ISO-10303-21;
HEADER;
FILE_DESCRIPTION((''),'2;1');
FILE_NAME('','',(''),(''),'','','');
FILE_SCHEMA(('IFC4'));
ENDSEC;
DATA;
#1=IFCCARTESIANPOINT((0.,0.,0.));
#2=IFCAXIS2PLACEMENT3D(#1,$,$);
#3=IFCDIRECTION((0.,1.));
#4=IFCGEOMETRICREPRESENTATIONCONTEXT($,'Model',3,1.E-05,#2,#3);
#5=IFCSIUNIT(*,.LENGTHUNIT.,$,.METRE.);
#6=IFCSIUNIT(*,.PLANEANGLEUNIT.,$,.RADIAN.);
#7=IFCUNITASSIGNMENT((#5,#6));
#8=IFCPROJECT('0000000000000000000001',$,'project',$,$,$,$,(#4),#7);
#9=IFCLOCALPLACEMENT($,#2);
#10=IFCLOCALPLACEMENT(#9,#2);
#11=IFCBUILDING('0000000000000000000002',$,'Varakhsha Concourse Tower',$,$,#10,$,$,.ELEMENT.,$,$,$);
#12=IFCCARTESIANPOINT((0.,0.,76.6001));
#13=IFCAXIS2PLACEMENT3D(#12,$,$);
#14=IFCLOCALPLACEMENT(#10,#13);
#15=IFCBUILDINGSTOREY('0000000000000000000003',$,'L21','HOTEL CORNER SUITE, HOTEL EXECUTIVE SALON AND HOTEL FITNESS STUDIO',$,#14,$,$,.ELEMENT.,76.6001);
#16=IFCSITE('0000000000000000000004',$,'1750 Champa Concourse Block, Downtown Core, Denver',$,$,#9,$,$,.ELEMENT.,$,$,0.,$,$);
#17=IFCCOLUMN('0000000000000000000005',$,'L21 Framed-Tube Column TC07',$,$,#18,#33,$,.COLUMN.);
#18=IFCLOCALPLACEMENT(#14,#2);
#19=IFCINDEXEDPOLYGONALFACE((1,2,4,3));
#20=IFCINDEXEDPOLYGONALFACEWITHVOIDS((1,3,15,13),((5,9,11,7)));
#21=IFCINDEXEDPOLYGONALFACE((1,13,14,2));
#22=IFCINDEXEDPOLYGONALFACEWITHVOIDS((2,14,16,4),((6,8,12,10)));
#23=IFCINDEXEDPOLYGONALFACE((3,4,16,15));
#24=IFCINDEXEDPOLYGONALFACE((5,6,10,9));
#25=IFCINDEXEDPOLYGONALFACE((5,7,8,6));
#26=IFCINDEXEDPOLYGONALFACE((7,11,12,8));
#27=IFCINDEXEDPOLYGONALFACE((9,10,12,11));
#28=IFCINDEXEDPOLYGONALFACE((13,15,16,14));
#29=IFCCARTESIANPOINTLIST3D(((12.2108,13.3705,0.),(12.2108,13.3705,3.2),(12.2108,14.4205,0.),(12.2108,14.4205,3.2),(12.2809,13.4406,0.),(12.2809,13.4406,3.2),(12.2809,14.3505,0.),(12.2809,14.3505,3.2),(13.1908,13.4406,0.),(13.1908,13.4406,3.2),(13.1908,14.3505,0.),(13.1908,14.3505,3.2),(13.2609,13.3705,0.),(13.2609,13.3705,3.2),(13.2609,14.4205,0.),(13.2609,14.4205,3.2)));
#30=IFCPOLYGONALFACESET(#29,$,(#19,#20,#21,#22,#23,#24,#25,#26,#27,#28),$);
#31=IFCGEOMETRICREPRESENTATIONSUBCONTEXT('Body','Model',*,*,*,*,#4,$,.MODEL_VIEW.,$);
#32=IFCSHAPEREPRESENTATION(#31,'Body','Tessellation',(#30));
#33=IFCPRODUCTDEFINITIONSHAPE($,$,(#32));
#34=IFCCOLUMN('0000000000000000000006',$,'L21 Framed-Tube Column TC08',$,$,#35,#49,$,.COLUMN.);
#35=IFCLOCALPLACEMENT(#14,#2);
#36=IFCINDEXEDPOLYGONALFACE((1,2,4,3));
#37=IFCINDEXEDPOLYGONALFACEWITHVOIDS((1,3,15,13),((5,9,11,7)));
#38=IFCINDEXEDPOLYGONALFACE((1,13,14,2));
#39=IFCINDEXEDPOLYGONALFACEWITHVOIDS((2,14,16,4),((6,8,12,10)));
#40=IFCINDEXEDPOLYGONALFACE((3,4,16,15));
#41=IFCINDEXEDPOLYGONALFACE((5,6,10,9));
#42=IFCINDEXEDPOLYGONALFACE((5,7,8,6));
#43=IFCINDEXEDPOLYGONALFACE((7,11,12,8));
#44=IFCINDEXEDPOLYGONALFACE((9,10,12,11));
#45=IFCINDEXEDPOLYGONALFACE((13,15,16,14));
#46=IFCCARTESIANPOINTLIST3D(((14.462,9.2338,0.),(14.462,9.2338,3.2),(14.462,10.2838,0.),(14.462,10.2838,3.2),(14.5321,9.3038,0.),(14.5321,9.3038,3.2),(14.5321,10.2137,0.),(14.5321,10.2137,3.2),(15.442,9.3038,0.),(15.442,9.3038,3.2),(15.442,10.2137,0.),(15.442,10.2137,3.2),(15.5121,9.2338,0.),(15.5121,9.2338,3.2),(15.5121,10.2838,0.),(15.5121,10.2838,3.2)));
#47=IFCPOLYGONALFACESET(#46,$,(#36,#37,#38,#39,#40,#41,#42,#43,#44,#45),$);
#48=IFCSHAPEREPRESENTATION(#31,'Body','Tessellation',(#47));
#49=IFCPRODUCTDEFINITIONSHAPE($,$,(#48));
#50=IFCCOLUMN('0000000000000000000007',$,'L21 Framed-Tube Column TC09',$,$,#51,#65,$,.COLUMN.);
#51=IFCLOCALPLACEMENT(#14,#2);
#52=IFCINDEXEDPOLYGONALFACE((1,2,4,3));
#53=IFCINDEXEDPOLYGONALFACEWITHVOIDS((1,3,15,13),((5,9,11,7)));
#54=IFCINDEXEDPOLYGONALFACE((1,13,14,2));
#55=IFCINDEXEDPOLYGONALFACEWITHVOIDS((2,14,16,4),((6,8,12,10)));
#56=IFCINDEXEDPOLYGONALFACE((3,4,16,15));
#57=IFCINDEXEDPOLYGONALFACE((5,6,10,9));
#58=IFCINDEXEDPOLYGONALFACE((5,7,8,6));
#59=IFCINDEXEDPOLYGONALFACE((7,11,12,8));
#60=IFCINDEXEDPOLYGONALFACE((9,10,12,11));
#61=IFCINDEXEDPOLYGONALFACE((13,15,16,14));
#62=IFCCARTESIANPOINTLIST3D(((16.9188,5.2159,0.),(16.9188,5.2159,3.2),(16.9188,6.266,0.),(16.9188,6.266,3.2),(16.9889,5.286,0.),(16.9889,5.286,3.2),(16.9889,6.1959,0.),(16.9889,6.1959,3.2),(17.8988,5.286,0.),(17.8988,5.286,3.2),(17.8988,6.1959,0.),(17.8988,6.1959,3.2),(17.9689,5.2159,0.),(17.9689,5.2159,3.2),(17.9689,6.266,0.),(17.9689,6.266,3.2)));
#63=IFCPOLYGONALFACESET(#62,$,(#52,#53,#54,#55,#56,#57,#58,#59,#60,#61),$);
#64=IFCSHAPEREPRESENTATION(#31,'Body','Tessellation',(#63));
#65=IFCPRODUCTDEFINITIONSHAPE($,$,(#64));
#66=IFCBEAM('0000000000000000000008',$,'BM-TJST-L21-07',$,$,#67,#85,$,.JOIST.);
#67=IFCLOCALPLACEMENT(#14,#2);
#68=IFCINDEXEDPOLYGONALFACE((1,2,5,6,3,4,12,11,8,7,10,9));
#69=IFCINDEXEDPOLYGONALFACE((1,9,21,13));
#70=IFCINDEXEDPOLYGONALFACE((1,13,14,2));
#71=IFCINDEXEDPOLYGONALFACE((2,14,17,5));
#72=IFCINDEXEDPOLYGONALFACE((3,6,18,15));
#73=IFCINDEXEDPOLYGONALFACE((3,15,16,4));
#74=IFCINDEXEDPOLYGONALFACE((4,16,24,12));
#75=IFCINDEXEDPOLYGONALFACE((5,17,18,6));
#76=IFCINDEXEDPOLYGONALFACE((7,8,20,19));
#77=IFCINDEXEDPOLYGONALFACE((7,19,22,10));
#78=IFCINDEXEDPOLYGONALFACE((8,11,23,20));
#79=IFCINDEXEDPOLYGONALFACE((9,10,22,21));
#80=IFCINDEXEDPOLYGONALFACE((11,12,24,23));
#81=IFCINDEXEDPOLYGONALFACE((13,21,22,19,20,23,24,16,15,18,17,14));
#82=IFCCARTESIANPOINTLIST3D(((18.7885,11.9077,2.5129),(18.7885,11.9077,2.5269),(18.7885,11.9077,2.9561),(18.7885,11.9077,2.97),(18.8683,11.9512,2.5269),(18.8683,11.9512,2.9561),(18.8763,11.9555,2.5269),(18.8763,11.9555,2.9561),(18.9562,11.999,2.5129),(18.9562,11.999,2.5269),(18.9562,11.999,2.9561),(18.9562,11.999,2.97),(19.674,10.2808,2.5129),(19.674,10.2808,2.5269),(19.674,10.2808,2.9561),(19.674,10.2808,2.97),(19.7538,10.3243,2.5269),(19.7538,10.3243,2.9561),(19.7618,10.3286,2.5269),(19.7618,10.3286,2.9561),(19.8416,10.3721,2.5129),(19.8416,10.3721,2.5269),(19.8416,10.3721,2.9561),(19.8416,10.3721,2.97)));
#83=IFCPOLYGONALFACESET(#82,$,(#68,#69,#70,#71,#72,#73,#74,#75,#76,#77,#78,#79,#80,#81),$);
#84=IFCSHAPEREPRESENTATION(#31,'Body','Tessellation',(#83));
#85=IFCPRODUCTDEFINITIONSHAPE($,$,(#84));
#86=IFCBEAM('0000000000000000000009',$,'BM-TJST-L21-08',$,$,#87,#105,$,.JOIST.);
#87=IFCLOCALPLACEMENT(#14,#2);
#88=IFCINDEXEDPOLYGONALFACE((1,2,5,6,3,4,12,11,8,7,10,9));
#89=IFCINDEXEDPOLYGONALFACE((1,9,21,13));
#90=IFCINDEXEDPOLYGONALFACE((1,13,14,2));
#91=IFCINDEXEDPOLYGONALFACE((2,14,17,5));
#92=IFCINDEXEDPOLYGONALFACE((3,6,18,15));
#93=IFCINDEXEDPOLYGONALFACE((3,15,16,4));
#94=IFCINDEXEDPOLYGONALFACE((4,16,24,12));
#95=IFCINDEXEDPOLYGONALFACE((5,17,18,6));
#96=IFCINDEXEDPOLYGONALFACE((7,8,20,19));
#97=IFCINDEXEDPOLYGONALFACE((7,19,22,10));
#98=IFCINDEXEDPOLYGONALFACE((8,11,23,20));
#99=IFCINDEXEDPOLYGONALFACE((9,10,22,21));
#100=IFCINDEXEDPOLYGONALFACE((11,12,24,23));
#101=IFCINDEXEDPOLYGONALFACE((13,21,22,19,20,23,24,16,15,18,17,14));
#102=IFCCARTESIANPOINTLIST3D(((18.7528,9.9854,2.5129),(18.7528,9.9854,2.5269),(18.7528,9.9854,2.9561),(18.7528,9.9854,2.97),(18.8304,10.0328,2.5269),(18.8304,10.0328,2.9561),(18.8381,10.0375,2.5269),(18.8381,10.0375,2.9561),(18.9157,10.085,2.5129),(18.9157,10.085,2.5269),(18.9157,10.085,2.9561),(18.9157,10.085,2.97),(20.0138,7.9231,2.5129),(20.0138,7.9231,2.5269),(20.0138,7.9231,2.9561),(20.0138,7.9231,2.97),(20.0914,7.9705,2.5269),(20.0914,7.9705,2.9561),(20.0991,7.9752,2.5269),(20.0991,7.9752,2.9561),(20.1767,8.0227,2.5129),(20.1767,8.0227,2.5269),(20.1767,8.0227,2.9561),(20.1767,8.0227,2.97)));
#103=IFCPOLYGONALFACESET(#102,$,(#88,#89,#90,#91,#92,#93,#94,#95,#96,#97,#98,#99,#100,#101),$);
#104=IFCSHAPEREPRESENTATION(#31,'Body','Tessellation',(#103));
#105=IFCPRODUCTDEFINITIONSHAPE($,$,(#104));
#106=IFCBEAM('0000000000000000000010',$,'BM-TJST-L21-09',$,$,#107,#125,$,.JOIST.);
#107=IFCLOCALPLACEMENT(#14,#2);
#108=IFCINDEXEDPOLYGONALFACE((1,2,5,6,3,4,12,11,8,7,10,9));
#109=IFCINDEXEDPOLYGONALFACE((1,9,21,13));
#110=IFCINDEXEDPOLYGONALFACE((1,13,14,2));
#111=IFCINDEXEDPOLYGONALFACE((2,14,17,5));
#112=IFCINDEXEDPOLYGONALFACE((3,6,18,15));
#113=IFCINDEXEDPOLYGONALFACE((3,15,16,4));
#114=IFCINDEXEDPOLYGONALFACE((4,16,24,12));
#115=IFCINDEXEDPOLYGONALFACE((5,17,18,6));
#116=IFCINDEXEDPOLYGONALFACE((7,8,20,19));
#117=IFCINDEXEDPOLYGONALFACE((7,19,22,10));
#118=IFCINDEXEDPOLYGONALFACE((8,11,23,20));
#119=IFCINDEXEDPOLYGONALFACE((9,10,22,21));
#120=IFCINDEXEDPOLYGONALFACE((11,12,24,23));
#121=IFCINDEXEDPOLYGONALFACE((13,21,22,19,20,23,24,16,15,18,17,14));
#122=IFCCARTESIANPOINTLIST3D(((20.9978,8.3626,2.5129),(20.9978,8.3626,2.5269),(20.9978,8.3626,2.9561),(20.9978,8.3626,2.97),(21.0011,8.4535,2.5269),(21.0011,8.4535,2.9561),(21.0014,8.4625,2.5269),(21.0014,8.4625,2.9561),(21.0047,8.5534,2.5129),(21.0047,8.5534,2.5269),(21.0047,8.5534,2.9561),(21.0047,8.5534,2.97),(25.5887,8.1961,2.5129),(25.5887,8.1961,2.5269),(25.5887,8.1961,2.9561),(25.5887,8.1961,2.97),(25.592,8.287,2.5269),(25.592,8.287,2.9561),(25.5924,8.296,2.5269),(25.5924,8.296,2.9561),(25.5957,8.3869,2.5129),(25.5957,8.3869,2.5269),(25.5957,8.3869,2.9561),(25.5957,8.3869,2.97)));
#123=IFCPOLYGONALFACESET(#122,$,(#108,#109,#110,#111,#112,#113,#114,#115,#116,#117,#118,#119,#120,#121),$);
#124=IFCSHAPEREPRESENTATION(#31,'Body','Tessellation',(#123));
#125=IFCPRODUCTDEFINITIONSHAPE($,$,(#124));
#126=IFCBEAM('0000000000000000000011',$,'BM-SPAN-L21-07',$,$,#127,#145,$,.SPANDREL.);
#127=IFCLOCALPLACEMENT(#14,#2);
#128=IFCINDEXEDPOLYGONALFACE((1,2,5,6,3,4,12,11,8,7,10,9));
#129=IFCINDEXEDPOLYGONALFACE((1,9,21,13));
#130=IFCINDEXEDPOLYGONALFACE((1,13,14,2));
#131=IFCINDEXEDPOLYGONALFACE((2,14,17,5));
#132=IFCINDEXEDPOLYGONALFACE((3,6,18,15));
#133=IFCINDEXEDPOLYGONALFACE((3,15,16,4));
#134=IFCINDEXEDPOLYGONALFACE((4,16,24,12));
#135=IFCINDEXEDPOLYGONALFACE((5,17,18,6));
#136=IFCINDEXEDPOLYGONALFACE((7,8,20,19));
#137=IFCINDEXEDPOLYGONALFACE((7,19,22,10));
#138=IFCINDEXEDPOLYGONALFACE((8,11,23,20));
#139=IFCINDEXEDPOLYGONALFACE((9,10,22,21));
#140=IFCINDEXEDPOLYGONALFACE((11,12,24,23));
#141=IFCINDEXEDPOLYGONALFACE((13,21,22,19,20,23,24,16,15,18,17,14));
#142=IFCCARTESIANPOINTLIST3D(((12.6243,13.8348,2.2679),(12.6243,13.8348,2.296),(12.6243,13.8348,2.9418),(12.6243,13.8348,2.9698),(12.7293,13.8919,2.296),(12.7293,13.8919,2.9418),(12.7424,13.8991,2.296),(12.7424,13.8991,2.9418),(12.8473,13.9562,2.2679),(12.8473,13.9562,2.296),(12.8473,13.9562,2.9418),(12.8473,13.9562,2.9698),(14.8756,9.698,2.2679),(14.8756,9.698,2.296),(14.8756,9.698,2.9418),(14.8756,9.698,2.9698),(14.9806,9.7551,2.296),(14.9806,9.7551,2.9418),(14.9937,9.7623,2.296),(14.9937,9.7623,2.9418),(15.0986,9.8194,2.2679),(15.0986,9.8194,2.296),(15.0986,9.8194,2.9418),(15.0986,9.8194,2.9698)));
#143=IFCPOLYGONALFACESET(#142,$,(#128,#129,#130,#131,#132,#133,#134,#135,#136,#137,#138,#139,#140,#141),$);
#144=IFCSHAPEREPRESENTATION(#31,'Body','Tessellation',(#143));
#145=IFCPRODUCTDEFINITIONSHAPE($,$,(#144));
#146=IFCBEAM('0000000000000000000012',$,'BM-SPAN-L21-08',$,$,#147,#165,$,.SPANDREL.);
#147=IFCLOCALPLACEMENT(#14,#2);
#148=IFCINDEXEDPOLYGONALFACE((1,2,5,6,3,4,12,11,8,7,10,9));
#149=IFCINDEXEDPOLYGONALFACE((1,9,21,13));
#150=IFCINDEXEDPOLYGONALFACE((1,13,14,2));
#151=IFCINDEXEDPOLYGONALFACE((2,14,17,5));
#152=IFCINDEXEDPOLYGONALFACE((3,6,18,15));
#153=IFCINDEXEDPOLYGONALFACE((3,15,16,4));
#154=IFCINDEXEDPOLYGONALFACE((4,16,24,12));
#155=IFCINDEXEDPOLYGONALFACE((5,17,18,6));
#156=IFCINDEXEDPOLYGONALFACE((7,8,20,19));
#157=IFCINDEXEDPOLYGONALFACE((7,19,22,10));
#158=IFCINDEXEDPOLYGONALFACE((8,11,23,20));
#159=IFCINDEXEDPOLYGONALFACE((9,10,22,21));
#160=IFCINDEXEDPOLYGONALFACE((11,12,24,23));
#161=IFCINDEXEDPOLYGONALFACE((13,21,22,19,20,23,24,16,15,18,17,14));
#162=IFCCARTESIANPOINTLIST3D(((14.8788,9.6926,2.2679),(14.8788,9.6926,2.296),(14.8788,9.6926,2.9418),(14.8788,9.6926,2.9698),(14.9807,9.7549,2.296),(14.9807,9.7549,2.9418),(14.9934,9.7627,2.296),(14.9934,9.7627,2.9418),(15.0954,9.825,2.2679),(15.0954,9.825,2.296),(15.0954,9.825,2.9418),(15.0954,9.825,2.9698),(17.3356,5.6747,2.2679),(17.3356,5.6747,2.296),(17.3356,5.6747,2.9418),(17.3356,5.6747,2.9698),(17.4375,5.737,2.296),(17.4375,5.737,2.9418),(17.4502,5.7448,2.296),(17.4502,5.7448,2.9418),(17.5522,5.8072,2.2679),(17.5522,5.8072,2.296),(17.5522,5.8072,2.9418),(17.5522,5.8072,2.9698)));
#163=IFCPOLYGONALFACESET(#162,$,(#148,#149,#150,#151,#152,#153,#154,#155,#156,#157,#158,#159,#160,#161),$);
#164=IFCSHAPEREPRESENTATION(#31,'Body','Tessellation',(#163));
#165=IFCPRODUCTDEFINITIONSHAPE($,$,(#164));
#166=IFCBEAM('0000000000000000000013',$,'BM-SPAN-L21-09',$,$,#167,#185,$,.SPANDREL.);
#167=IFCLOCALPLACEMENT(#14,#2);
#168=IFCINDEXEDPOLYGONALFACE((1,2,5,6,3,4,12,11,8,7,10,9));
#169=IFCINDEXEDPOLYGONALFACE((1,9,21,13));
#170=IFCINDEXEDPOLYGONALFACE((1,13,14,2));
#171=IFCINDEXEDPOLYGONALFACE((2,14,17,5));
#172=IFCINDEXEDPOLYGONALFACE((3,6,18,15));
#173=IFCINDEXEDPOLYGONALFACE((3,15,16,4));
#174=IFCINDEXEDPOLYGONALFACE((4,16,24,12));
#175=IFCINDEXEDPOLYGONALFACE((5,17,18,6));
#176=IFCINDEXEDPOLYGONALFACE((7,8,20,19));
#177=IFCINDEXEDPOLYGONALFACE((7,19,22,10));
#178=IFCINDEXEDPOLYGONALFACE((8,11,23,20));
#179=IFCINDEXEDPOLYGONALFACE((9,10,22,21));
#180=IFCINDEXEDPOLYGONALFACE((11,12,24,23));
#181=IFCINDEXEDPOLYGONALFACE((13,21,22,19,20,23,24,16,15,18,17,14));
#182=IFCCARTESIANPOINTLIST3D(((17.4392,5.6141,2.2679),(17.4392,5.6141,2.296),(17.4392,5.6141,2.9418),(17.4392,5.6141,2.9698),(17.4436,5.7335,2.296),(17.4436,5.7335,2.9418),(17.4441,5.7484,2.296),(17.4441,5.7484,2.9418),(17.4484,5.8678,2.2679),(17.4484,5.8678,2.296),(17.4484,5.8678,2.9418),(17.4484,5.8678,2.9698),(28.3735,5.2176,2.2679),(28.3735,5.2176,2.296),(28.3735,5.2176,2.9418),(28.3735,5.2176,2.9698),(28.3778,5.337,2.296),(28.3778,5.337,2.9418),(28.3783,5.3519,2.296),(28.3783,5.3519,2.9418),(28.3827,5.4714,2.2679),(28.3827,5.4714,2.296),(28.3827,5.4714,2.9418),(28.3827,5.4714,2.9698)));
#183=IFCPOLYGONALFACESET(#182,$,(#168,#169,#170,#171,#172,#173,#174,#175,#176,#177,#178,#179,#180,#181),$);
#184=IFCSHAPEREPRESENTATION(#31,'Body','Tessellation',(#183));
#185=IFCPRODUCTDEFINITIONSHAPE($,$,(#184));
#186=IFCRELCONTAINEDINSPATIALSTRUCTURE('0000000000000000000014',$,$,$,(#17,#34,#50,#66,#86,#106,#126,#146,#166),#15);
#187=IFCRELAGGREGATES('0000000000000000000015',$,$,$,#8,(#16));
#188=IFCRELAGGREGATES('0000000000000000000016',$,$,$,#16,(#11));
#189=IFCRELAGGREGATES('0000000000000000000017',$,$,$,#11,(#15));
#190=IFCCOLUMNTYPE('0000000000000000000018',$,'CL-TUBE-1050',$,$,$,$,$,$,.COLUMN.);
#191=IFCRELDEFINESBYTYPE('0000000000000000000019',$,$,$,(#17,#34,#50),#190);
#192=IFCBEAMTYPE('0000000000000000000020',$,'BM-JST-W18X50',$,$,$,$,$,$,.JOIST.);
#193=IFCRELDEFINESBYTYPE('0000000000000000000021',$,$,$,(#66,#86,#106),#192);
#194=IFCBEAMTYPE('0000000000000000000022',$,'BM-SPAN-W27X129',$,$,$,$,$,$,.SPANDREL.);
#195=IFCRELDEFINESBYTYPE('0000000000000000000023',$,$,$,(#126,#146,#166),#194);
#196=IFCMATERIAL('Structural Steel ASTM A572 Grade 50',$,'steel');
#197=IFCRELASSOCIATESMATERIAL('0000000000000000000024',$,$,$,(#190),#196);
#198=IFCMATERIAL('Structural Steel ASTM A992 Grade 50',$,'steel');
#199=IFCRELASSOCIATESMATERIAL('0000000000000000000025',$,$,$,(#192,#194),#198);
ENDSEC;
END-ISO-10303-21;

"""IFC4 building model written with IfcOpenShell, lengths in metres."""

from ifc_helpers import new_model, si_unit, direction, frame, origin, origin_2d, place, context, subcontext, project, spatial, hollow_rectangle, i_section, extrude, material, material_profile, profile_set, type_object, element, save


model = new_model("IFC4")

# Units and contexts
model_context = context("Model", 3, precision=1e-05, world=origin(), true_north=direction((0.0, 1.0)))
body_context = subcontext(model_context, "Body", "Model", "MODEL_VIEW")
ifc_project = project(units=[si_unit("LENGTHUNIT", "METRE"), si_unit("PLANEANGLEUNIT", "RADIAN")], contexts=[model_context])

# Site, building, storey
site_placement = place(None, origin())
site = spatial("IfcSite", under=ifc_project, at=site_placement, Name="1750 Champa Concourse Block, Downtown Core, Denver", CompositionType="ELEMENT", RefElevation=0.0)
building_placement = place(site_placement, origin())
building = spatial("IfcBuilding", under=site, at=building_placement, Name="Varakhsha Concourse Tower", CompositionType="ELEMENT")
storey_placement = place(building_placement, frame((0.0, 0.0, 76.6001)))
storey = spatial("IfcBuildingStorey", under=building, at=storey_placement, Name="L21", Description="HOTEL CORNER SUITE, HOTEL EXECUTIVE SALON AND HOTEL FITNESS STUDIO", CompositionType="ELEMENT", Elevation=76.6001)

# Columns
ifc_material_1 = material(Name="Structural Steel ASTM A572 Grade 50", Category="steel")
ifc_material_profile_1 = material_profile(ifc_material_1, hollow_rectangle(XDim=1.05, YDim=1.05, WallThickness=0.0701, at=origin_2d()), Name="BOX 1050x1050x70")
ifc_profile_set_1 = profile_set([ifc_material_profile_1], Name="Structural Steel ASTM A572 Grade 50")
column_type = type_object("IfcColumnType", Name="CL-TUBE-1050", PredefinedType="COLUMN", material=ifc_profile_set_1)
for number, where, z_axis, x_axis, name in (
    (1, (12.7358, 13.8955, 0.0), (0.0, 0.0, 1.0), (1.0, 0.0, 0.0), "L21 Framed-Tube Column TC07"),
    (2, (14.9871, 9.7588, 0.0), (0.0, 0.0, 1.0), (1.0, 0.0, 0.0), "L21 Framed-Tube Column TC08"),
    (3, (17.4438, 5.741, 0.0), (0.0, 0.0, 1.0), (1.0, 0.0, 0.0), "L21 Framed-Tube Column TC09"),
):
    element("IfcColumn", number, at=place(storey_placement, frame(where, z_axis=z_axis, x_axis=x_axis)), inside=storey, type_object=column_type, Name=name, PredefinedType="COLUMN", context=body_context, shape_type="SweptSolid", body=[
        extrude(hollow_rectangle(XDim=1.05, YDim=1.05, WallThickness=0.0701, at=origin_2d()), origin(), (0.0, 0.0, 1.0), 3.2),
    ])

# Beams
ifc_material_2 = material(Name="Structural Steel ASTM A992 Grade 50", Category="steel")
ifc_material_profile_2 = material_profile(ifc_material_2, i_section(OverallWidth=0.1909, OverallDepth=0.457, WebThickness=0.009, FlangeThickness=0.0139, at=origin_2d()), Name="W18X50")
ifc_profile_set_2 = profile_set([ifc_material_profile_2], Name="Structural Steel ASTM A992 Grade 50")
beam_type_1 = type_object("IfcBeamType", Name="BM-JST-W18X50", PredefinedType="JOIST", material=ifc_profile_set_2)
beam_1_placement = place(storey_placement, frame((18.8723, 11.9534, 2.7415), z_axis=(0.478049, -0.878333, 0.0), x_axis=(0.878333, 0.478049, 0.0)))
element("IfcBeam", 4, at=beam_1_placement, inside=storey, type_object=beam_type_1, Name="BM-TJST-L21-07", PredefinedType="JOIST", context=body_context, shape_type="SweptSolid", body=[
    extrude(i_section(OverallWidth=0.1909, OverallDepth=0.457, WebThickness=0.009, FlangeThickness=0.0139, at=origin_2d()), origin(), (0.0, 0.0, 1.0), 1.8523),
])
beam_2_placement = place(storey_placement, frame((18.8342, 10.0352, 2.7415), z_axis=(0.521667, -0.853149, 0.0), x_axis=(0.853149, 0.521667, 0.0)))
element("IfcBeam", 5, at=beam_2_placement, inside=storey, type_object=beam_type_1, Name="BM-TJST-L21-08", PredefinedType="JOIST", context=body_context, shape_type="SweptSolid", body=[
    extrude(i_section(OverallWidth=0.1909, OverallDepth=0.457, WebThickness=0.009, FlangeThickness=0.0139, at=origin_2d()), origin(), (0.0, 0.0, 1.0), 2.4172),
])
beam_3_placement = place(storey_placement, frame((21.0012, 8.458, 2.7415), z_axis=(0.999343, -0.036243, 0.0), x_axis=(0.036243, 0.999343, 0.0)))
element("IfcBeam", 6, at=beam_3_placement, inside=storey, type_object=beam_type_1, Name="BM-TJST-L21-09", PredefinedType="JOIST", context=body_context, shape_type="SweptSolid", body=[
    extrude(i_section(OverallWidth=0.1909, OverallDepth=0.457, WebThickness=0.009, FlangeThickness=0.0139, at=origin_2d()), origin(), (0.0, 0.0, 1.0), 4.594),
])
ifc_material_profile_3 = material_profile(ifc_material_2, i_section(OverallWidth=0.2539, OverallDepth=0.7019, WebThickness=0.0149, FlangeThickness=0.0281, at=origin_2d()), Name="W27X129")
ifc_profile_set_3 = profile_set([ifc_material_profile_3], Name="Structural Steel ASTM A992 Grade 50")
beam_type_2 = type_object("IfcBeamType", Name="BM-SPAN-W27X129", PredefinedType="SPANDREL", material=ifc_profile_set_3)
beam_4_placement = place(storey_placement, frame((12.7358, 13.8955, 2.6189), z_axis=(0.478006, -0.878357, 0.0), x_axis=(0.878357, 0.478006, 0.0)))
element("IfcBeam", 7, at=beam_4_placement, inside=storey, type_object=beam_type_2, Name="BM-SPAN-L21-07", PredefinedType="SPANDREL", context=body_context, shape_type="SweptSolid", body=[
    extrude(i_section(OverallWidth=0.2539, OverallDepth=0.7019, WebThickness=0.0149, FlangeThickness=0.0281, at=origin_2d()), origin(), (0.0, 0.0, 1.0), 4.7097),
])
beam_5_placement = place(storey_placement, frame((14.9871, 9.7588, 2.6189), z_axis=(0.521674, -0.853145, 0.0), x_axis=(0.853145, 0.521674, 0.0)))
element("IfcBeam", 8, at=beam_5_placement, inside=storey, type_object=beam_type_2, Name="BM-SPAN-L21-08", PredefinedType="SPANDREL", context=body_context, shape_type="SweptSolid", body=[
    extrude(i_section(OverallWidth=0.2539, OverallDepth=0.7019, WebThickness=0.0149, FlangeThickness=0.0281, at=origin_2d()), origin(), (0.0, 0.0, 1.0), 4.7095),
])
beam_6_placement = place(storey_placement, frame((17.4438, 5.741, 2.6189), z_axis=(0.999343, -0.036237, 0.0), x_axis=(0.036237, 0.999343, 0.0)))
element("IfcBeam", 9, at=beam_6_placement, inside=storey, type_object=beam_type_2, Name="BM-SPAN-L21-09", PredefinedType="SPANDREL", context=body_context, shape_type="SweptSolid", body=[
    extrude(i_section(OverallWidth=0.2539, OverallDepth=0.7019, WebThickness=0.0149, FlangeThickness=0.0281, at=origin_2d()), origin(), (0.0, 0.0, 1.0), 10.9414),
])

save(model, "model.ifc")
